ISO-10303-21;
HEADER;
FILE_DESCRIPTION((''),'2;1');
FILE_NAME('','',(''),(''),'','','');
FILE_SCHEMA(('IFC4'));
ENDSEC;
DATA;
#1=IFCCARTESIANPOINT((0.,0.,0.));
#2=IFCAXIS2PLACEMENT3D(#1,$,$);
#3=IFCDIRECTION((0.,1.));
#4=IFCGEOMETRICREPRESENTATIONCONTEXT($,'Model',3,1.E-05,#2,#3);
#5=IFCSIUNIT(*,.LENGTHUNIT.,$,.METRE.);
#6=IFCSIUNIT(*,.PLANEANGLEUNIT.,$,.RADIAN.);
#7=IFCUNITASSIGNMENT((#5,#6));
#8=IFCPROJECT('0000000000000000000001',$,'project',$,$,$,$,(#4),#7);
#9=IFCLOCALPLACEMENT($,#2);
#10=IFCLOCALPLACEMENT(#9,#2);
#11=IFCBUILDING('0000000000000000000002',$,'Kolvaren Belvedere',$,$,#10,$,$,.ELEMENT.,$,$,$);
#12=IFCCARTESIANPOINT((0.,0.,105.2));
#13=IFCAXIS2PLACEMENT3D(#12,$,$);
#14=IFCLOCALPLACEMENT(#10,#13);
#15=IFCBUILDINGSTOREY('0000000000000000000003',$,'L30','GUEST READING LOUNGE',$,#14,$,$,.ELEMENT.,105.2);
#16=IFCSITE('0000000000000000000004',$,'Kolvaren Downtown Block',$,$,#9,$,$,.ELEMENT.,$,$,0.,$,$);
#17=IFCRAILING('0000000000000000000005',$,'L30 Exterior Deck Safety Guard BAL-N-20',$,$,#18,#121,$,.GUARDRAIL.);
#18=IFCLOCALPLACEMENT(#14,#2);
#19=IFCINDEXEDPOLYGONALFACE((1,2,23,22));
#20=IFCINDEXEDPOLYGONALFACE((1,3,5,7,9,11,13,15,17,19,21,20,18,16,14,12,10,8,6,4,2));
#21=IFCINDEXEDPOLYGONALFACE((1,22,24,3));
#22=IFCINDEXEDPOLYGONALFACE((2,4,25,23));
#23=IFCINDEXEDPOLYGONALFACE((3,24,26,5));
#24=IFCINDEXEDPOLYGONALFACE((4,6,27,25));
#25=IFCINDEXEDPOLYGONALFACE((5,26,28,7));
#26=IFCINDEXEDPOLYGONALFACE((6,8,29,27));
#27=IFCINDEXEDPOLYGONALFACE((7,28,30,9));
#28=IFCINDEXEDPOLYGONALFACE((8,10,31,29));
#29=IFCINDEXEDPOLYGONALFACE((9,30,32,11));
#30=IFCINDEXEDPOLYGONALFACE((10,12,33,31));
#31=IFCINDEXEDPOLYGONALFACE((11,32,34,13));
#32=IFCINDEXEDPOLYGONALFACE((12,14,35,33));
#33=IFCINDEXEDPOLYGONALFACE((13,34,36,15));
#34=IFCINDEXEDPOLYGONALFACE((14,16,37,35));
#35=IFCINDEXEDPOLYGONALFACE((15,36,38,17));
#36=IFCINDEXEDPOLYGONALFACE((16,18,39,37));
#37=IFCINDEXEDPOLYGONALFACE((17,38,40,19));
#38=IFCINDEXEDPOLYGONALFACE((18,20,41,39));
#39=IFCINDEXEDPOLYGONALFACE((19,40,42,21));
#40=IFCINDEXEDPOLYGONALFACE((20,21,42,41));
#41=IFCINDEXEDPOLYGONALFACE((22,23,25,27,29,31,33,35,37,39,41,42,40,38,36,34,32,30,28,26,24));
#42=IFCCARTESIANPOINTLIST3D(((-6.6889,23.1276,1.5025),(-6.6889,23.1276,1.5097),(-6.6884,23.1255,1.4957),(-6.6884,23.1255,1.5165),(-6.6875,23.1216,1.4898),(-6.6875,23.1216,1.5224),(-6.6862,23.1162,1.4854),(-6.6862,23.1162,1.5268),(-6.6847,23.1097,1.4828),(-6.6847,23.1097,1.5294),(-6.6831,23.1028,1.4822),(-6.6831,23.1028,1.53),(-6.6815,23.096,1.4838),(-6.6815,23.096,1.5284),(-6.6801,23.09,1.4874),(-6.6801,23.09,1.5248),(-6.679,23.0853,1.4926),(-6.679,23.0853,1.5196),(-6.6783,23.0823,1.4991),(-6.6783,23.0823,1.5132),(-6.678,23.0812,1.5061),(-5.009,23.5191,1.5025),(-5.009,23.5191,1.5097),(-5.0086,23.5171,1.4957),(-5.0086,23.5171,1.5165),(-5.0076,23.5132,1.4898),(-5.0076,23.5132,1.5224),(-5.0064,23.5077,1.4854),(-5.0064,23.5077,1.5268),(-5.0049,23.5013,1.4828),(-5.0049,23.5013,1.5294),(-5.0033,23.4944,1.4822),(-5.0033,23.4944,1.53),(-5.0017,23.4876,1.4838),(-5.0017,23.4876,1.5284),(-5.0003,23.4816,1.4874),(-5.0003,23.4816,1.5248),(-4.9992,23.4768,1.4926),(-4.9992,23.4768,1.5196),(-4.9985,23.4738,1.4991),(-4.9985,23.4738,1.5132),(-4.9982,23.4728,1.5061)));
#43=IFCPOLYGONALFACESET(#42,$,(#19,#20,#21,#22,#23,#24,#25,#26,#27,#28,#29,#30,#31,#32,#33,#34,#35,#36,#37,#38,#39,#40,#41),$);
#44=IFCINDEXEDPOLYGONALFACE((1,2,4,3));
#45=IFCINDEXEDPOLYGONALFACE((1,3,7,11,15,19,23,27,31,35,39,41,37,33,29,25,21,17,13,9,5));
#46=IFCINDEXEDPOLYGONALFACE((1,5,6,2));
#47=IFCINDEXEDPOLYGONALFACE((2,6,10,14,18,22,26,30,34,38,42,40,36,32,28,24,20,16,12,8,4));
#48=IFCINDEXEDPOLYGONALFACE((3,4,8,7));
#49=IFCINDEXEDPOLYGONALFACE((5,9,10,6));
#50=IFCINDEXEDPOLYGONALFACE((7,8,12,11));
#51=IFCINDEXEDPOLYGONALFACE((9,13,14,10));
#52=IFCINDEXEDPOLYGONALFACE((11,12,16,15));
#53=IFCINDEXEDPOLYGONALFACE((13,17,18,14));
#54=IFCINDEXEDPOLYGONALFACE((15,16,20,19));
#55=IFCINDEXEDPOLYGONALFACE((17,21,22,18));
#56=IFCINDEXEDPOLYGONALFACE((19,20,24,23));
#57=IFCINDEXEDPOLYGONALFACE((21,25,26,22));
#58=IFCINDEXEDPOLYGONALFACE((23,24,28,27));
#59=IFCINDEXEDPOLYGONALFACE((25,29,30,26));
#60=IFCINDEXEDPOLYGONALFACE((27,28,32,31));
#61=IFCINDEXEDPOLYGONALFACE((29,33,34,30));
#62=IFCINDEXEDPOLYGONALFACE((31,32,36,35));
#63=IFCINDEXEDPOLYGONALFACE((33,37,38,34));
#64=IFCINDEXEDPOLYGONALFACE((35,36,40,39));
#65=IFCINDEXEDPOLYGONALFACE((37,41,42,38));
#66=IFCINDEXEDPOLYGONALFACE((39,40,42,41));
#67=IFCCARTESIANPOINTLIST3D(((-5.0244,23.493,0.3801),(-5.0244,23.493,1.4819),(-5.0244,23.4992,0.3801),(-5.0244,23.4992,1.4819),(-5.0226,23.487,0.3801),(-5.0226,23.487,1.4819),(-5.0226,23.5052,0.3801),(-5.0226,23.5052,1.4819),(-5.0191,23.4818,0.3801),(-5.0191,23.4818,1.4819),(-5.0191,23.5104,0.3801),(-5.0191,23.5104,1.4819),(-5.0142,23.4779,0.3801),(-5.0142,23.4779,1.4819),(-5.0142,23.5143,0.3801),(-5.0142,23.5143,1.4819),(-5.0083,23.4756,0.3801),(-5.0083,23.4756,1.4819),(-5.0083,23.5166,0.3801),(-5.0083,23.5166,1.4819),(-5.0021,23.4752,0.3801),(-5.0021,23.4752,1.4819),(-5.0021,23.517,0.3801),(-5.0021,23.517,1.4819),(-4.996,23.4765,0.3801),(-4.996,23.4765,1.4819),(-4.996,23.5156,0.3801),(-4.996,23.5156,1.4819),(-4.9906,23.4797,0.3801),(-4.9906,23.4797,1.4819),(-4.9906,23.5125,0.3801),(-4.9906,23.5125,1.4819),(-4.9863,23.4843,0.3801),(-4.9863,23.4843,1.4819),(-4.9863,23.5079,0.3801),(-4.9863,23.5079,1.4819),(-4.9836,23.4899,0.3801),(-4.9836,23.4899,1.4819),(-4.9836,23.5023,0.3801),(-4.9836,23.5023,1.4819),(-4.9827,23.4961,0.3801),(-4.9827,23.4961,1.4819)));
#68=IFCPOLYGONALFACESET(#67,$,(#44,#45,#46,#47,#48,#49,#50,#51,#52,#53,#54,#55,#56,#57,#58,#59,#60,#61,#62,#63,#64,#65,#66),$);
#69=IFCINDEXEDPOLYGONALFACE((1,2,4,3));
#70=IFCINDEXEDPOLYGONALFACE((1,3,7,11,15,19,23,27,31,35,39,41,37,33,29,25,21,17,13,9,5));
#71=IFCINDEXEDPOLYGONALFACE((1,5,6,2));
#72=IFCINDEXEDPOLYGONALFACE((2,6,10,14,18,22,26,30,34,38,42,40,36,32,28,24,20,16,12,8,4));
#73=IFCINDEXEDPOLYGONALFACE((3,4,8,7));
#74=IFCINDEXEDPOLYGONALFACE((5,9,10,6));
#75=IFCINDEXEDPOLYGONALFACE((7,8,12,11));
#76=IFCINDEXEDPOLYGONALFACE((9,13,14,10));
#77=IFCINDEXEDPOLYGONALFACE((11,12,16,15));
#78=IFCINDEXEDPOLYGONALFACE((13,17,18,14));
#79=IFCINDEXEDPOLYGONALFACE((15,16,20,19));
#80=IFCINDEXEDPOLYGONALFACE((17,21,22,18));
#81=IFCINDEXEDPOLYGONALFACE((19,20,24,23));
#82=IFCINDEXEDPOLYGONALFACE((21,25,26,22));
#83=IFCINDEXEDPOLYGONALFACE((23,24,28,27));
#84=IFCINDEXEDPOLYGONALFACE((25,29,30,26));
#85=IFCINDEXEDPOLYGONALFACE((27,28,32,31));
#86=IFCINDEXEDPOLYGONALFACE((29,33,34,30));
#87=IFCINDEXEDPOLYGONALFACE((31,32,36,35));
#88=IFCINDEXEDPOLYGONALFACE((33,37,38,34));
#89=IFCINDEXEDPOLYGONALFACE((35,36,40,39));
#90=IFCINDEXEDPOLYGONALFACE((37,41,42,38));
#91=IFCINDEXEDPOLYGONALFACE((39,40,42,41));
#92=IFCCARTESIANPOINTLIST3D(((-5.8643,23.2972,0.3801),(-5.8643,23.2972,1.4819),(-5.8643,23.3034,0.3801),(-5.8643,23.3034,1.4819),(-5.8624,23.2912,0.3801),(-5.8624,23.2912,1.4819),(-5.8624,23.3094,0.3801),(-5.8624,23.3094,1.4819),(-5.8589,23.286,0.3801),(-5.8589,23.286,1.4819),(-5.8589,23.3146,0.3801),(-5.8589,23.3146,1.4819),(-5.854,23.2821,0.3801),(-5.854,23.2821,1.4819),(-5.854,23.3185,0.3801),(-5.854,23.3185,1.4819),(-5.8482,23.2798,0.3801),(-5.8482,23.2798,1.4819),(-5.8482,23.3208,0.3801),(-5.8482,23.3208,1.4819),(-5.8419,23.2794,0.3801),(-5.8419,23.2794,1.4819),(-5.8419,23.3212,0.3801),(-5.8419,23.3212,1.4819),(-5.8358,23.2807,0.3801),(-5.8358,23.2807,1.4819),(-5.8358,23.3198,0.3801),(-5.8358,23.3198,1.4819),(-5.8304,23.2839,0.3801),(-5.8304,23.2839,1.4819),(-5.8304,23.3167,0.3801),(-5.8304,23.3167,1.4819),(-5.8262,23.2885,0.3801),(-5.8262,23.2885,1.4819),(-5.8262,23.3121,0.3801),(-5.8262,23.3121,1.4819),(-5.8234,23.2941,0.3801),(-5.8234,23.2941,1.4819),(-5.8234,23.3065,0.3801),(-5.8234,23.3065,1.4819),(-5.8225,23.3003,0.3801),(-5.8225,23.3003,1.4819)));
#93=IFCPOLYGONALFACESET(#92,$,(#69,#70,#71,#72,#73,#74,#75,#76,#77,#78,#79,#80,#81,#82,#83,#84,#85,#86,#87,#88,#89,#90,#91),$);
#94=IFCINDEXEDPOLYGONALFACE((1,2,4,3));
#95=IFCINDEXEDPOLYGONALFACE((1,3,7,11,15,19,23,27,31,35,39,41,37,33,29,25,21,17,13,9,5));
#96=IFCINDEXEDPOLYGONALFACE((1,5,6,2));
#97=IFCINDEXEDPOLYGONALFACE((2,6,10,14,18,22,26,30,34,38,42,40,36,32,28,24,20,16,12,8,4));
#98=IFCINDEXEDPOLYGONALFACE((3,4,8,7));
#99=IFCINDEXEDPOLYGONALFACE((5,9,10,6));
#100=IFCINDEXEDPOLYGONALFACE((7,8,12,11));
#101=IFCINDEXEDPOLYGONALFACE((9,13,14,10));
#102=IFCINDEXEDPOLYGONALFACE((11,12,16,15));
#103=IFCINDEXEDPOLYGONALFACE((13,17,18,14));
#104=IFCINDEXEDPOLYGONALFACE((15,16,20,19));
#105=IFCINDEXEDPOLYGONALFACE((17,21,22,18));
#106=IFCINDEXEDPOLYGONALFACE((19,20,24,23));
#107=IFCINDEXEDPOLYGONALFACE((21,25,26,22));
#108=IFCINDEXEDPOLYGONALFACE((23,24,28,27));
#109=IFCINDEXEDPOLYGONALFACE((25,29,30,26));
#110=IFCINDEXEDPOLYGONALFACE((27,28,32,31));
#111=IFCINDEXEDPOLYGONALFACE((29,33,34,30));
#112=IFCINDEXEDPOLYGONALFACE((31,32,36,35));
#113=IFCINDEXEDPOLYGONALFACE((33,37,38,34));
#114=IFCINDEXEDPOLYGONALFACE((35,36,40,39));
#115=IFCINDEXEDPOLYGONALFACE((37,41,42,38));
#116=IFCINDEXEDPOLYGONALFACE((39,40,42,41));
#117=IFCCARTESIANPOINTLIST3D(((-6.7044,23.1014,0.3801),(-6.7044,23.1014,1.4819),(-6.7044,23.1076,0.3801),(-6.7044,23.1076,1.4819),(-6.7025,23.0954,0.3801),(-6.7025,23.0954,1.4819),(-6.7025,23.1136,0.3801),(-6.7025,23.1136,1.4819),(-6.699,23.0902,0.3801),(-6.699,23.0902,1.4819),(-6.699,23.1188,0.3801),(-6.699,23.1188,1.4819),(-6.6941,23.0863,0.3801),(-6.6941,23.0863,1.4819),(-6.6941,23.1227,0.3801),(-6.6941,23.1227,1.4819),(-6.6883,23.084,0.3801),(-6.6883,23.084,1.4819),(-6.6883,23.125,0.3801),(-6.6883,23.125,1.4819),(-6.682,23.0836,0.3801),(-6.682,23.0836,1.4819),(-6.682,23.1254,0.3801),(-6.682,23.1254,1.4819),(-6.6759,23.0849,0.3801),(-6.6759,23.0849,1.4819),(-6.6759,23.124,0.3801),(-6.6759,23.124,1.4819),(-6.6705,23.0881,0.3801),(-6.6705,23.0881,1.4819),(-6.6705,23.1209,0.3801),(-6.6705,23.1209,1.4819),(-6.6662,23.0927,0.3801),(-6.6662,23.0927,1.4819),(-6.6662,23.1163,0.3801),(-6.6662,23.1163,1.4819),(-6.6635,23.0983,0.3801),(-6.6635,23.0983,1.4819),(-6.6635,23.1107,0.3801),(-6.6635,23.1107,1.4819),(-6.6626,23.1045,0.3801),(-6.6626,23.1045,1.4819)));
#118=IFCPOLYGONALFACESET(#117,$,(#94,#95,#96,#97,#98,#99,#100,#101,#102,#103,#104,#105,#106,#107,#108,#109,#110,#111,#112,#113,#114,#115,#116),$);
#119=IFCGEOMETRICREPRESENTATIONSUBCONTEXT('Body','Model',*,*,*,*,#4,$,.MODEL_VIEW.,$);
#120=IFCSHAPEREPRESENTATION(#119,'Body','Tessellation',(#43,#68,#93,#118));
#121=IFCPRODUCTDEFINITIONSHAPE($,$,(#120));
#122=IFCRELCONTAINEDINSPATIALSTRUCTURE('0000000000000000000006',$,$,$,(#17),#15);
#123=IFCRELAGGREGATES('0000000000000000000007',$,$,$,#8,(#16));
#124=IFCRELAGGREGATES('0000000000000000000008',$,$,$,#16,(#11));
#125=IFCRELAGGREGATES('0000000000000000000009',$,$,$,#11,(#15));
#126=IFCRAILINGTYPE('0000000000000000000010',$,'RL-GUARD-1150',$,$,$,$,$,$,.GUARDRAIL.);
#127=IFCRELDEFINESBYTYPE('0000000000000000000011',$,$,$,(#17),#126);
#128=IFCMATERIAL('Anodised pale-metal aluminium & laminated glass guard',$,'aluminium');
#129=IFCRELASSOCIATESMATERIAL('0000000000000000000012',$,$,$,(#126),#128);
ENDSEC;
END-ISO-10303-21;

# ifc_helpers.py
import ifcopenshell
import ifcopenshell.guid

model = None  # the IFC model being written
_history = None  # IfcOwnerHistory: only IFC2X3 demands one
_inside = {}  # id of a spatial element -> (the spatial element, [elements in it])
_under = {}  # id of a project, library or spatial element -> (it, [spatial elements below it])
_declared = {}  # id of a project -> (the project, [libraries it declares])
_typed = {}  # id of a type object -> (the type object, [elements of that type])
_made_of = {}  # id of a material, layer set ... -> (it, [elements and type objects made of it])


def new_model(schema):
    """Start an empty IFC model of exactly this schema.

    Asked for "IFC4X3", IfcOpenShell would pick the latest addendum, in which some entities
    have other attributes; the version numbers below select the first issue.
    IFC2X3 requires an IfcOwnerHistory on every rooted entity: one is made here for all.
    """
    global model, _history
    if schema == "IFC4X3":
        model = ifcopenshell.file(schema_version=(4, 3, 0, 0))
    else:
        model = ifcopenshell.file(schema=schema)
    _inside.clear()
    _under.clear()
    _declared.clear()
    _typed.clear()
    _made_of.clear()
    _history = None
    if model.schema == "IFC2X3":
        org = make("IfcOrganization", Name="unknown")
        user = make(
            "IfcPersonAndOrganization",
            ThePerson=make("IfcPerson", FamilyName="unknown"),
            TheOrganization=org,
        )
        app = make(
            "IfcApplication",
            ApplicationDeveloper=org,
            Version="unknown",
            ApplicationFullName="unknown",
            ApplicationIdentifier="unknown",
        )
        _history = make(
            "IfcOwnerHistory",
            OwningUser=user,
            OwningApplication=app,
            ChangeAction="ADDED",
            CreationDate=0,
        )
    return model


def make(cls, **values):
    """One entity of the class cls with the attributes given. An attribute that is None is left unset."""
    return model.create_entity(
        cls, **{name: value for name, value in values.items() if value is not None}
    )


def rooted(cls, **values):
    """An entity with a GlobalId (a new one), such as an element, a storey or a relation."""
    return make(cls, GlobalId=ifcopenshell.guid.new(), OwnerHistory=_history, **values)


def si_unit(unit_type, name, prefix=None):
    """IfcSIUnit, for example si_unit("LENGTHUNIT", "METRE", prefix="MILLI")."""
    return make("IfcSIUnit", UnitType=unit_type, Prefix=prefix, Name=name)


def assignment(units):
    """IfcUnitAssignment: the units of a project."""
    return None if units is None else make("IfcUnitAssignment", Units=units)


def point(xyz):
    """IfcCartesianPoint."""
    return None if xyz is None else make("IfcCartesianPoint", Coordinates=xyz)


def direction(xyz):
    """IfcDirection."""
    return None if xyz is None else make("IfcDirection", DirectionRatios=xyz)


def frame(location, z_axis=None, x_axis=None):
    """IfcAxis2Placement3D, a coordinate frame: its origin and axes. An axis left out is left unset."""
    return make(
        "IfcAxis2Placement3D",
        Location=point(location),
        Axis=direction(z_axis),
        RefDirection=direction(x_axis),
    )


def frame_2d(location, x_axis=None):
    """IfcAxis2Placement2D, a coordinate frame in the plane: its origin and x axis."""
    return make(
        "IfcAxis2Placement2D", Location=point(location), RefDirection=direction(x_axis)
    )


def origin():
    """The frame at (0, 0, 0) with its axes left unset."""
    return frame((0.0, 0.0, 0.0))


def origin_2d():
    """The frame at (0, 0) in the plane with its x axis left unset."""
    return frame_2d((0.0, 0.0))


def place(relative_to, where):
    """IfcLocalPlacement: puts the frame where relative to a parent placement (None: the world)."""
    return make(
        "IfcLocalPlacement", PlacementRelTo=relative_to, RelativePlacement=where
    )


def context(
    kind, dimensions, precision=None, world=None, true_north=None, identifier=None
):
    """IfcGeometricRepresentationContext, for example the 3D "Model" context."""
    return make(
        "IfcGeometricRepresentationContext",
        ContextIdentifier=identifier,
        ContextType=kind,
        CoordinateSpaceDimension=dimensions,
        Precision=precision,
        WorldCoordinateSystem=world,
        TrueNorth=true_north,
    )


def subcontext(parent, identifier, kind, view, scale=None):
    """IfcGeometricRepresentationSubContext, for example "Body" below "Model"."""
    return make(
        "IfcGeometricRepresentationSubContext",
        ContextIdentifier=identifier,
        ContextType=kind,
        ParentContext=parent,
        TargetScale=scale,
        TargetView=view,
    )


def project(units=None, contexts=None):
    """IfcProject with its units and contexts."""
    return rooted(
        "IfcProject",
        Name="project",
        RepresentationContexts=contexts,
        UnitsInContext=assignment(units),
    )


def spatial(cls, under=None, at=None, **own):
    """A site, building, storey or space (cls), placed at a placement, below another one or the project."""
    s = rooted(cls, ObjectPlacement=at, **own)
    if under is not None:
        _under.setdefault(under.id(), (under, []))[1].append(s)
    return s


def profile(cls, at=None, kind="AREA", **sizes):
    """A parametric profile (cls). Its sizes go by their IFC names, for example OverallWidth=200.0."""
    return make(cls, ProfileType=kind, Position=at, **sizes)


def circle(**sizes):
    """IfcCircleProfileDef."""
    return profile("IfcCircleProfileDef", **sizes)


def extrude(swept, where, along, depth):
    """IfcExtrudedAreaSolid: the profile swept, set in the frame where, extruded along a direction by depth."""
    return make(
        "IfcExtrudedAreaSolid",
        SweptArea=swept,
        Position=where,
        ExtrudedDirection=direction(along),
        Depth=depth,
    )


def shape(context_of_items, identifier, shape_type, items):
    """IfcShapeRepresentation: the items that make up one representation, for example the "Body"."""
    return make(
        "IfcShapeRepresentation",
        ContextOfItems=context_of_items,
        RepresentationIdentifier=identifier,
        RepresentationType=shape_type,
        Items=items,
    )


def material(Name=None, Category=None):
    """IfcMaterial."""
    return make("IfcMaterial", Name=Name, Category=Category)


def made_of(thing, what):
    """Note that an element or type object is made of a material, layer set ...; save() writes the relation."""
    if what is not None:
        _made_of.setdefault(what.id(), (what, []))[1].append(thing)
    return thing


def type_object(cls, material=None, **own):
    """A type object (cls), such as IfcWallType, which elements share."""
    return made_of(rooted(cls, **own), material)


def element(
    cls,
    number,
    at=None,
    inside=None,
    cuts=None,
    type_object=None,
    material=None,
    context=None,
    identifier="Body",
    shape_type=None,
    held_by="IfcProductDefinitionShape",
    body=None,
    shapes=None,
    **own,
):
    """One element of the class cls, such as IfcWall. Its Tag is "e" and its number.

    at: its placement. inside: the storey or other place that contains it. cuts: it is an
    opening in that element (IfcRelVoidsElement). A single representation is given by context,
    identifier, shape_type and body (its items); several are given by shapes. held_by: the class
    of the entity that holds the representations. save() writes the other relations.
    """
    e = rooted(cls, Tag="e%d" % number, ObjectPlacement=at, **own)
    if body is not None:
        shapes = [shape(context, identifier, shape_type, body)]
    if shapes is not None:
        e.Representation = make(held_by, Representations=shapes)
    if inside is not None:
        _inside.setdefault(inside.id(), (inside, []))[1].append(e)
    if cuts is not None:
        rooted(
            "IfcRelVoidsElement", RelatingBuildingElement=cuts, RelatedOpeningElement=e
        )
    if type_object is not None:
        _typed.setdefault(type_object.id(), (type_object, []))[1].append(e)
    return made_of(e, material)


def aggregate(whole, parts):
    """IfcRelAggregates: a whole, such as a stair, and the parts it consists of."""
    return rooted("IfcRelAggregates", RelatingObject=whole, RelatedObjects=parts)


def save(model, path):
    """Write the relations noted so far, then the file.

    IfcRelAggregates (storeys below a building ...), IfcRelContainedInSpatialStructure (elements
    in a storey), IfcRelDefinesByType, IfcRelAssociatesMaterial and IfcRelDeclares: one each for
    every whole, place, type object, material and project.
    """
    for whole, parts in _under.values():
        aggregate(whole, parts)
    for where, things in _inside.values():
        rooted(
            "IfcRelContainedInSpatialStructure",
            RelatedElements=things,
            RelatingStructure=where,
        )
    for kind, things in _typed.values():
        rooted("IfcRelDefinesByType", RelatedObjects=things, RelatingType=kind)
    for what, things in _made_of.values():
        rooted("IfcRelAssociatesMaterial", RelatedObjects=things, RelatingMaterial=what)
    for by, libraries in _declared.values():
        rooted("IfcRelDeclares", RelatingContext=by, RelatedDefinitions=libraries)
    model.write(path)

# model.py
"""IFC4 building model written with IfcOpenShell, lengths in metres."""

from ifc_helpers import new_model, si_unit, direction, frame, origin, origin_2d, place, context, subcontext, project, spatial, circle, extrude, material, type_object, element, save


model = new_model("IFC4")

# Units and contexts
model_context = context("Model", 3, precision=1e-05, world=origin(), true_north=direction((0.0, 1.0)))
body_context = subcontext(model_context, "Body", "Model", "MODEL_VIEW")
ifc_project = project(units=[si_unit("LENGTHUNIT", "METRE"), si_unit("PLANEANGLEUNIT", "RADIAN")], contexts=[model_context])

# Site, building, storey
site_placement = place(None, origin())
site = spatial("IfcSite", under=ifc_project, at=site_placement, Name="Kolvaren Downtown Block", CompositionType="ELEMENT", RefElevation=0.0)
building_placement = place(site_placement, origin())
building = spatial("IfcBuilding", under=site, at=building_placement, Name="Kolvaren Belvedere", CompositionType="ELEMENT")
storey_placement = place(building_placement, frame((0.0, 0.0, 105.2)))
storey = spatial("IfcBuildingStorey", under=building, at=storey_placement, Name="L30", Description="GUEST READING LOUNGE", CompositionType="ELEMENT", Elevation=105.2)

# Railing
ifc_material_1 = material(Name="Anodised pale-metal aluminium & laminated glass guard", Category="aluminium")
railing_type = type_object("IfcRailingType", Name="RL-GUARD-1150", PredefinedType="GUARDRAIL", material=ifc_material_1)
railing_1_placement = place(storey_placement, frame((-5.0037, 23.4961, 0.3801)))
element("IfcRailing", 1, at=railing_1_placement, inside=storey, type_object=railing_type, Name="L30 Exterior Deck Safety Guard BAL-N-20", PredefinedType="GUARDRAIL", context=body_context, shape_type="SweptSolid", body=[
    extrude(circle(Radius=0.0239, at=origin_2d()), frame((0.0, 0.0, 1.126), z_axis=(-0.97389, -0.227019, 0.0), x_axis=(0.227019, -0.97389, 0.0)), (0.0, 0.0, 1.0), 1.7249),
    extrude(circle(Radius=0.021, at=origin_2d()), origin(), (0.0, 0.0, 1.0), 1.1018),
    extrude(circle(Radius=0.021, at=origin_2d()), frame((-0.8398, -0.1958, 0.0)), (0.0, 0.0, 1.0), 1.1018),
    extrude(circle(Radius=0.021, at=origin_2d()), frame((-1.6799, -0.3916, 0.0)), (0.0, 0.0, 1.0), 1.1018),
])

save(model, "model.ifc")
